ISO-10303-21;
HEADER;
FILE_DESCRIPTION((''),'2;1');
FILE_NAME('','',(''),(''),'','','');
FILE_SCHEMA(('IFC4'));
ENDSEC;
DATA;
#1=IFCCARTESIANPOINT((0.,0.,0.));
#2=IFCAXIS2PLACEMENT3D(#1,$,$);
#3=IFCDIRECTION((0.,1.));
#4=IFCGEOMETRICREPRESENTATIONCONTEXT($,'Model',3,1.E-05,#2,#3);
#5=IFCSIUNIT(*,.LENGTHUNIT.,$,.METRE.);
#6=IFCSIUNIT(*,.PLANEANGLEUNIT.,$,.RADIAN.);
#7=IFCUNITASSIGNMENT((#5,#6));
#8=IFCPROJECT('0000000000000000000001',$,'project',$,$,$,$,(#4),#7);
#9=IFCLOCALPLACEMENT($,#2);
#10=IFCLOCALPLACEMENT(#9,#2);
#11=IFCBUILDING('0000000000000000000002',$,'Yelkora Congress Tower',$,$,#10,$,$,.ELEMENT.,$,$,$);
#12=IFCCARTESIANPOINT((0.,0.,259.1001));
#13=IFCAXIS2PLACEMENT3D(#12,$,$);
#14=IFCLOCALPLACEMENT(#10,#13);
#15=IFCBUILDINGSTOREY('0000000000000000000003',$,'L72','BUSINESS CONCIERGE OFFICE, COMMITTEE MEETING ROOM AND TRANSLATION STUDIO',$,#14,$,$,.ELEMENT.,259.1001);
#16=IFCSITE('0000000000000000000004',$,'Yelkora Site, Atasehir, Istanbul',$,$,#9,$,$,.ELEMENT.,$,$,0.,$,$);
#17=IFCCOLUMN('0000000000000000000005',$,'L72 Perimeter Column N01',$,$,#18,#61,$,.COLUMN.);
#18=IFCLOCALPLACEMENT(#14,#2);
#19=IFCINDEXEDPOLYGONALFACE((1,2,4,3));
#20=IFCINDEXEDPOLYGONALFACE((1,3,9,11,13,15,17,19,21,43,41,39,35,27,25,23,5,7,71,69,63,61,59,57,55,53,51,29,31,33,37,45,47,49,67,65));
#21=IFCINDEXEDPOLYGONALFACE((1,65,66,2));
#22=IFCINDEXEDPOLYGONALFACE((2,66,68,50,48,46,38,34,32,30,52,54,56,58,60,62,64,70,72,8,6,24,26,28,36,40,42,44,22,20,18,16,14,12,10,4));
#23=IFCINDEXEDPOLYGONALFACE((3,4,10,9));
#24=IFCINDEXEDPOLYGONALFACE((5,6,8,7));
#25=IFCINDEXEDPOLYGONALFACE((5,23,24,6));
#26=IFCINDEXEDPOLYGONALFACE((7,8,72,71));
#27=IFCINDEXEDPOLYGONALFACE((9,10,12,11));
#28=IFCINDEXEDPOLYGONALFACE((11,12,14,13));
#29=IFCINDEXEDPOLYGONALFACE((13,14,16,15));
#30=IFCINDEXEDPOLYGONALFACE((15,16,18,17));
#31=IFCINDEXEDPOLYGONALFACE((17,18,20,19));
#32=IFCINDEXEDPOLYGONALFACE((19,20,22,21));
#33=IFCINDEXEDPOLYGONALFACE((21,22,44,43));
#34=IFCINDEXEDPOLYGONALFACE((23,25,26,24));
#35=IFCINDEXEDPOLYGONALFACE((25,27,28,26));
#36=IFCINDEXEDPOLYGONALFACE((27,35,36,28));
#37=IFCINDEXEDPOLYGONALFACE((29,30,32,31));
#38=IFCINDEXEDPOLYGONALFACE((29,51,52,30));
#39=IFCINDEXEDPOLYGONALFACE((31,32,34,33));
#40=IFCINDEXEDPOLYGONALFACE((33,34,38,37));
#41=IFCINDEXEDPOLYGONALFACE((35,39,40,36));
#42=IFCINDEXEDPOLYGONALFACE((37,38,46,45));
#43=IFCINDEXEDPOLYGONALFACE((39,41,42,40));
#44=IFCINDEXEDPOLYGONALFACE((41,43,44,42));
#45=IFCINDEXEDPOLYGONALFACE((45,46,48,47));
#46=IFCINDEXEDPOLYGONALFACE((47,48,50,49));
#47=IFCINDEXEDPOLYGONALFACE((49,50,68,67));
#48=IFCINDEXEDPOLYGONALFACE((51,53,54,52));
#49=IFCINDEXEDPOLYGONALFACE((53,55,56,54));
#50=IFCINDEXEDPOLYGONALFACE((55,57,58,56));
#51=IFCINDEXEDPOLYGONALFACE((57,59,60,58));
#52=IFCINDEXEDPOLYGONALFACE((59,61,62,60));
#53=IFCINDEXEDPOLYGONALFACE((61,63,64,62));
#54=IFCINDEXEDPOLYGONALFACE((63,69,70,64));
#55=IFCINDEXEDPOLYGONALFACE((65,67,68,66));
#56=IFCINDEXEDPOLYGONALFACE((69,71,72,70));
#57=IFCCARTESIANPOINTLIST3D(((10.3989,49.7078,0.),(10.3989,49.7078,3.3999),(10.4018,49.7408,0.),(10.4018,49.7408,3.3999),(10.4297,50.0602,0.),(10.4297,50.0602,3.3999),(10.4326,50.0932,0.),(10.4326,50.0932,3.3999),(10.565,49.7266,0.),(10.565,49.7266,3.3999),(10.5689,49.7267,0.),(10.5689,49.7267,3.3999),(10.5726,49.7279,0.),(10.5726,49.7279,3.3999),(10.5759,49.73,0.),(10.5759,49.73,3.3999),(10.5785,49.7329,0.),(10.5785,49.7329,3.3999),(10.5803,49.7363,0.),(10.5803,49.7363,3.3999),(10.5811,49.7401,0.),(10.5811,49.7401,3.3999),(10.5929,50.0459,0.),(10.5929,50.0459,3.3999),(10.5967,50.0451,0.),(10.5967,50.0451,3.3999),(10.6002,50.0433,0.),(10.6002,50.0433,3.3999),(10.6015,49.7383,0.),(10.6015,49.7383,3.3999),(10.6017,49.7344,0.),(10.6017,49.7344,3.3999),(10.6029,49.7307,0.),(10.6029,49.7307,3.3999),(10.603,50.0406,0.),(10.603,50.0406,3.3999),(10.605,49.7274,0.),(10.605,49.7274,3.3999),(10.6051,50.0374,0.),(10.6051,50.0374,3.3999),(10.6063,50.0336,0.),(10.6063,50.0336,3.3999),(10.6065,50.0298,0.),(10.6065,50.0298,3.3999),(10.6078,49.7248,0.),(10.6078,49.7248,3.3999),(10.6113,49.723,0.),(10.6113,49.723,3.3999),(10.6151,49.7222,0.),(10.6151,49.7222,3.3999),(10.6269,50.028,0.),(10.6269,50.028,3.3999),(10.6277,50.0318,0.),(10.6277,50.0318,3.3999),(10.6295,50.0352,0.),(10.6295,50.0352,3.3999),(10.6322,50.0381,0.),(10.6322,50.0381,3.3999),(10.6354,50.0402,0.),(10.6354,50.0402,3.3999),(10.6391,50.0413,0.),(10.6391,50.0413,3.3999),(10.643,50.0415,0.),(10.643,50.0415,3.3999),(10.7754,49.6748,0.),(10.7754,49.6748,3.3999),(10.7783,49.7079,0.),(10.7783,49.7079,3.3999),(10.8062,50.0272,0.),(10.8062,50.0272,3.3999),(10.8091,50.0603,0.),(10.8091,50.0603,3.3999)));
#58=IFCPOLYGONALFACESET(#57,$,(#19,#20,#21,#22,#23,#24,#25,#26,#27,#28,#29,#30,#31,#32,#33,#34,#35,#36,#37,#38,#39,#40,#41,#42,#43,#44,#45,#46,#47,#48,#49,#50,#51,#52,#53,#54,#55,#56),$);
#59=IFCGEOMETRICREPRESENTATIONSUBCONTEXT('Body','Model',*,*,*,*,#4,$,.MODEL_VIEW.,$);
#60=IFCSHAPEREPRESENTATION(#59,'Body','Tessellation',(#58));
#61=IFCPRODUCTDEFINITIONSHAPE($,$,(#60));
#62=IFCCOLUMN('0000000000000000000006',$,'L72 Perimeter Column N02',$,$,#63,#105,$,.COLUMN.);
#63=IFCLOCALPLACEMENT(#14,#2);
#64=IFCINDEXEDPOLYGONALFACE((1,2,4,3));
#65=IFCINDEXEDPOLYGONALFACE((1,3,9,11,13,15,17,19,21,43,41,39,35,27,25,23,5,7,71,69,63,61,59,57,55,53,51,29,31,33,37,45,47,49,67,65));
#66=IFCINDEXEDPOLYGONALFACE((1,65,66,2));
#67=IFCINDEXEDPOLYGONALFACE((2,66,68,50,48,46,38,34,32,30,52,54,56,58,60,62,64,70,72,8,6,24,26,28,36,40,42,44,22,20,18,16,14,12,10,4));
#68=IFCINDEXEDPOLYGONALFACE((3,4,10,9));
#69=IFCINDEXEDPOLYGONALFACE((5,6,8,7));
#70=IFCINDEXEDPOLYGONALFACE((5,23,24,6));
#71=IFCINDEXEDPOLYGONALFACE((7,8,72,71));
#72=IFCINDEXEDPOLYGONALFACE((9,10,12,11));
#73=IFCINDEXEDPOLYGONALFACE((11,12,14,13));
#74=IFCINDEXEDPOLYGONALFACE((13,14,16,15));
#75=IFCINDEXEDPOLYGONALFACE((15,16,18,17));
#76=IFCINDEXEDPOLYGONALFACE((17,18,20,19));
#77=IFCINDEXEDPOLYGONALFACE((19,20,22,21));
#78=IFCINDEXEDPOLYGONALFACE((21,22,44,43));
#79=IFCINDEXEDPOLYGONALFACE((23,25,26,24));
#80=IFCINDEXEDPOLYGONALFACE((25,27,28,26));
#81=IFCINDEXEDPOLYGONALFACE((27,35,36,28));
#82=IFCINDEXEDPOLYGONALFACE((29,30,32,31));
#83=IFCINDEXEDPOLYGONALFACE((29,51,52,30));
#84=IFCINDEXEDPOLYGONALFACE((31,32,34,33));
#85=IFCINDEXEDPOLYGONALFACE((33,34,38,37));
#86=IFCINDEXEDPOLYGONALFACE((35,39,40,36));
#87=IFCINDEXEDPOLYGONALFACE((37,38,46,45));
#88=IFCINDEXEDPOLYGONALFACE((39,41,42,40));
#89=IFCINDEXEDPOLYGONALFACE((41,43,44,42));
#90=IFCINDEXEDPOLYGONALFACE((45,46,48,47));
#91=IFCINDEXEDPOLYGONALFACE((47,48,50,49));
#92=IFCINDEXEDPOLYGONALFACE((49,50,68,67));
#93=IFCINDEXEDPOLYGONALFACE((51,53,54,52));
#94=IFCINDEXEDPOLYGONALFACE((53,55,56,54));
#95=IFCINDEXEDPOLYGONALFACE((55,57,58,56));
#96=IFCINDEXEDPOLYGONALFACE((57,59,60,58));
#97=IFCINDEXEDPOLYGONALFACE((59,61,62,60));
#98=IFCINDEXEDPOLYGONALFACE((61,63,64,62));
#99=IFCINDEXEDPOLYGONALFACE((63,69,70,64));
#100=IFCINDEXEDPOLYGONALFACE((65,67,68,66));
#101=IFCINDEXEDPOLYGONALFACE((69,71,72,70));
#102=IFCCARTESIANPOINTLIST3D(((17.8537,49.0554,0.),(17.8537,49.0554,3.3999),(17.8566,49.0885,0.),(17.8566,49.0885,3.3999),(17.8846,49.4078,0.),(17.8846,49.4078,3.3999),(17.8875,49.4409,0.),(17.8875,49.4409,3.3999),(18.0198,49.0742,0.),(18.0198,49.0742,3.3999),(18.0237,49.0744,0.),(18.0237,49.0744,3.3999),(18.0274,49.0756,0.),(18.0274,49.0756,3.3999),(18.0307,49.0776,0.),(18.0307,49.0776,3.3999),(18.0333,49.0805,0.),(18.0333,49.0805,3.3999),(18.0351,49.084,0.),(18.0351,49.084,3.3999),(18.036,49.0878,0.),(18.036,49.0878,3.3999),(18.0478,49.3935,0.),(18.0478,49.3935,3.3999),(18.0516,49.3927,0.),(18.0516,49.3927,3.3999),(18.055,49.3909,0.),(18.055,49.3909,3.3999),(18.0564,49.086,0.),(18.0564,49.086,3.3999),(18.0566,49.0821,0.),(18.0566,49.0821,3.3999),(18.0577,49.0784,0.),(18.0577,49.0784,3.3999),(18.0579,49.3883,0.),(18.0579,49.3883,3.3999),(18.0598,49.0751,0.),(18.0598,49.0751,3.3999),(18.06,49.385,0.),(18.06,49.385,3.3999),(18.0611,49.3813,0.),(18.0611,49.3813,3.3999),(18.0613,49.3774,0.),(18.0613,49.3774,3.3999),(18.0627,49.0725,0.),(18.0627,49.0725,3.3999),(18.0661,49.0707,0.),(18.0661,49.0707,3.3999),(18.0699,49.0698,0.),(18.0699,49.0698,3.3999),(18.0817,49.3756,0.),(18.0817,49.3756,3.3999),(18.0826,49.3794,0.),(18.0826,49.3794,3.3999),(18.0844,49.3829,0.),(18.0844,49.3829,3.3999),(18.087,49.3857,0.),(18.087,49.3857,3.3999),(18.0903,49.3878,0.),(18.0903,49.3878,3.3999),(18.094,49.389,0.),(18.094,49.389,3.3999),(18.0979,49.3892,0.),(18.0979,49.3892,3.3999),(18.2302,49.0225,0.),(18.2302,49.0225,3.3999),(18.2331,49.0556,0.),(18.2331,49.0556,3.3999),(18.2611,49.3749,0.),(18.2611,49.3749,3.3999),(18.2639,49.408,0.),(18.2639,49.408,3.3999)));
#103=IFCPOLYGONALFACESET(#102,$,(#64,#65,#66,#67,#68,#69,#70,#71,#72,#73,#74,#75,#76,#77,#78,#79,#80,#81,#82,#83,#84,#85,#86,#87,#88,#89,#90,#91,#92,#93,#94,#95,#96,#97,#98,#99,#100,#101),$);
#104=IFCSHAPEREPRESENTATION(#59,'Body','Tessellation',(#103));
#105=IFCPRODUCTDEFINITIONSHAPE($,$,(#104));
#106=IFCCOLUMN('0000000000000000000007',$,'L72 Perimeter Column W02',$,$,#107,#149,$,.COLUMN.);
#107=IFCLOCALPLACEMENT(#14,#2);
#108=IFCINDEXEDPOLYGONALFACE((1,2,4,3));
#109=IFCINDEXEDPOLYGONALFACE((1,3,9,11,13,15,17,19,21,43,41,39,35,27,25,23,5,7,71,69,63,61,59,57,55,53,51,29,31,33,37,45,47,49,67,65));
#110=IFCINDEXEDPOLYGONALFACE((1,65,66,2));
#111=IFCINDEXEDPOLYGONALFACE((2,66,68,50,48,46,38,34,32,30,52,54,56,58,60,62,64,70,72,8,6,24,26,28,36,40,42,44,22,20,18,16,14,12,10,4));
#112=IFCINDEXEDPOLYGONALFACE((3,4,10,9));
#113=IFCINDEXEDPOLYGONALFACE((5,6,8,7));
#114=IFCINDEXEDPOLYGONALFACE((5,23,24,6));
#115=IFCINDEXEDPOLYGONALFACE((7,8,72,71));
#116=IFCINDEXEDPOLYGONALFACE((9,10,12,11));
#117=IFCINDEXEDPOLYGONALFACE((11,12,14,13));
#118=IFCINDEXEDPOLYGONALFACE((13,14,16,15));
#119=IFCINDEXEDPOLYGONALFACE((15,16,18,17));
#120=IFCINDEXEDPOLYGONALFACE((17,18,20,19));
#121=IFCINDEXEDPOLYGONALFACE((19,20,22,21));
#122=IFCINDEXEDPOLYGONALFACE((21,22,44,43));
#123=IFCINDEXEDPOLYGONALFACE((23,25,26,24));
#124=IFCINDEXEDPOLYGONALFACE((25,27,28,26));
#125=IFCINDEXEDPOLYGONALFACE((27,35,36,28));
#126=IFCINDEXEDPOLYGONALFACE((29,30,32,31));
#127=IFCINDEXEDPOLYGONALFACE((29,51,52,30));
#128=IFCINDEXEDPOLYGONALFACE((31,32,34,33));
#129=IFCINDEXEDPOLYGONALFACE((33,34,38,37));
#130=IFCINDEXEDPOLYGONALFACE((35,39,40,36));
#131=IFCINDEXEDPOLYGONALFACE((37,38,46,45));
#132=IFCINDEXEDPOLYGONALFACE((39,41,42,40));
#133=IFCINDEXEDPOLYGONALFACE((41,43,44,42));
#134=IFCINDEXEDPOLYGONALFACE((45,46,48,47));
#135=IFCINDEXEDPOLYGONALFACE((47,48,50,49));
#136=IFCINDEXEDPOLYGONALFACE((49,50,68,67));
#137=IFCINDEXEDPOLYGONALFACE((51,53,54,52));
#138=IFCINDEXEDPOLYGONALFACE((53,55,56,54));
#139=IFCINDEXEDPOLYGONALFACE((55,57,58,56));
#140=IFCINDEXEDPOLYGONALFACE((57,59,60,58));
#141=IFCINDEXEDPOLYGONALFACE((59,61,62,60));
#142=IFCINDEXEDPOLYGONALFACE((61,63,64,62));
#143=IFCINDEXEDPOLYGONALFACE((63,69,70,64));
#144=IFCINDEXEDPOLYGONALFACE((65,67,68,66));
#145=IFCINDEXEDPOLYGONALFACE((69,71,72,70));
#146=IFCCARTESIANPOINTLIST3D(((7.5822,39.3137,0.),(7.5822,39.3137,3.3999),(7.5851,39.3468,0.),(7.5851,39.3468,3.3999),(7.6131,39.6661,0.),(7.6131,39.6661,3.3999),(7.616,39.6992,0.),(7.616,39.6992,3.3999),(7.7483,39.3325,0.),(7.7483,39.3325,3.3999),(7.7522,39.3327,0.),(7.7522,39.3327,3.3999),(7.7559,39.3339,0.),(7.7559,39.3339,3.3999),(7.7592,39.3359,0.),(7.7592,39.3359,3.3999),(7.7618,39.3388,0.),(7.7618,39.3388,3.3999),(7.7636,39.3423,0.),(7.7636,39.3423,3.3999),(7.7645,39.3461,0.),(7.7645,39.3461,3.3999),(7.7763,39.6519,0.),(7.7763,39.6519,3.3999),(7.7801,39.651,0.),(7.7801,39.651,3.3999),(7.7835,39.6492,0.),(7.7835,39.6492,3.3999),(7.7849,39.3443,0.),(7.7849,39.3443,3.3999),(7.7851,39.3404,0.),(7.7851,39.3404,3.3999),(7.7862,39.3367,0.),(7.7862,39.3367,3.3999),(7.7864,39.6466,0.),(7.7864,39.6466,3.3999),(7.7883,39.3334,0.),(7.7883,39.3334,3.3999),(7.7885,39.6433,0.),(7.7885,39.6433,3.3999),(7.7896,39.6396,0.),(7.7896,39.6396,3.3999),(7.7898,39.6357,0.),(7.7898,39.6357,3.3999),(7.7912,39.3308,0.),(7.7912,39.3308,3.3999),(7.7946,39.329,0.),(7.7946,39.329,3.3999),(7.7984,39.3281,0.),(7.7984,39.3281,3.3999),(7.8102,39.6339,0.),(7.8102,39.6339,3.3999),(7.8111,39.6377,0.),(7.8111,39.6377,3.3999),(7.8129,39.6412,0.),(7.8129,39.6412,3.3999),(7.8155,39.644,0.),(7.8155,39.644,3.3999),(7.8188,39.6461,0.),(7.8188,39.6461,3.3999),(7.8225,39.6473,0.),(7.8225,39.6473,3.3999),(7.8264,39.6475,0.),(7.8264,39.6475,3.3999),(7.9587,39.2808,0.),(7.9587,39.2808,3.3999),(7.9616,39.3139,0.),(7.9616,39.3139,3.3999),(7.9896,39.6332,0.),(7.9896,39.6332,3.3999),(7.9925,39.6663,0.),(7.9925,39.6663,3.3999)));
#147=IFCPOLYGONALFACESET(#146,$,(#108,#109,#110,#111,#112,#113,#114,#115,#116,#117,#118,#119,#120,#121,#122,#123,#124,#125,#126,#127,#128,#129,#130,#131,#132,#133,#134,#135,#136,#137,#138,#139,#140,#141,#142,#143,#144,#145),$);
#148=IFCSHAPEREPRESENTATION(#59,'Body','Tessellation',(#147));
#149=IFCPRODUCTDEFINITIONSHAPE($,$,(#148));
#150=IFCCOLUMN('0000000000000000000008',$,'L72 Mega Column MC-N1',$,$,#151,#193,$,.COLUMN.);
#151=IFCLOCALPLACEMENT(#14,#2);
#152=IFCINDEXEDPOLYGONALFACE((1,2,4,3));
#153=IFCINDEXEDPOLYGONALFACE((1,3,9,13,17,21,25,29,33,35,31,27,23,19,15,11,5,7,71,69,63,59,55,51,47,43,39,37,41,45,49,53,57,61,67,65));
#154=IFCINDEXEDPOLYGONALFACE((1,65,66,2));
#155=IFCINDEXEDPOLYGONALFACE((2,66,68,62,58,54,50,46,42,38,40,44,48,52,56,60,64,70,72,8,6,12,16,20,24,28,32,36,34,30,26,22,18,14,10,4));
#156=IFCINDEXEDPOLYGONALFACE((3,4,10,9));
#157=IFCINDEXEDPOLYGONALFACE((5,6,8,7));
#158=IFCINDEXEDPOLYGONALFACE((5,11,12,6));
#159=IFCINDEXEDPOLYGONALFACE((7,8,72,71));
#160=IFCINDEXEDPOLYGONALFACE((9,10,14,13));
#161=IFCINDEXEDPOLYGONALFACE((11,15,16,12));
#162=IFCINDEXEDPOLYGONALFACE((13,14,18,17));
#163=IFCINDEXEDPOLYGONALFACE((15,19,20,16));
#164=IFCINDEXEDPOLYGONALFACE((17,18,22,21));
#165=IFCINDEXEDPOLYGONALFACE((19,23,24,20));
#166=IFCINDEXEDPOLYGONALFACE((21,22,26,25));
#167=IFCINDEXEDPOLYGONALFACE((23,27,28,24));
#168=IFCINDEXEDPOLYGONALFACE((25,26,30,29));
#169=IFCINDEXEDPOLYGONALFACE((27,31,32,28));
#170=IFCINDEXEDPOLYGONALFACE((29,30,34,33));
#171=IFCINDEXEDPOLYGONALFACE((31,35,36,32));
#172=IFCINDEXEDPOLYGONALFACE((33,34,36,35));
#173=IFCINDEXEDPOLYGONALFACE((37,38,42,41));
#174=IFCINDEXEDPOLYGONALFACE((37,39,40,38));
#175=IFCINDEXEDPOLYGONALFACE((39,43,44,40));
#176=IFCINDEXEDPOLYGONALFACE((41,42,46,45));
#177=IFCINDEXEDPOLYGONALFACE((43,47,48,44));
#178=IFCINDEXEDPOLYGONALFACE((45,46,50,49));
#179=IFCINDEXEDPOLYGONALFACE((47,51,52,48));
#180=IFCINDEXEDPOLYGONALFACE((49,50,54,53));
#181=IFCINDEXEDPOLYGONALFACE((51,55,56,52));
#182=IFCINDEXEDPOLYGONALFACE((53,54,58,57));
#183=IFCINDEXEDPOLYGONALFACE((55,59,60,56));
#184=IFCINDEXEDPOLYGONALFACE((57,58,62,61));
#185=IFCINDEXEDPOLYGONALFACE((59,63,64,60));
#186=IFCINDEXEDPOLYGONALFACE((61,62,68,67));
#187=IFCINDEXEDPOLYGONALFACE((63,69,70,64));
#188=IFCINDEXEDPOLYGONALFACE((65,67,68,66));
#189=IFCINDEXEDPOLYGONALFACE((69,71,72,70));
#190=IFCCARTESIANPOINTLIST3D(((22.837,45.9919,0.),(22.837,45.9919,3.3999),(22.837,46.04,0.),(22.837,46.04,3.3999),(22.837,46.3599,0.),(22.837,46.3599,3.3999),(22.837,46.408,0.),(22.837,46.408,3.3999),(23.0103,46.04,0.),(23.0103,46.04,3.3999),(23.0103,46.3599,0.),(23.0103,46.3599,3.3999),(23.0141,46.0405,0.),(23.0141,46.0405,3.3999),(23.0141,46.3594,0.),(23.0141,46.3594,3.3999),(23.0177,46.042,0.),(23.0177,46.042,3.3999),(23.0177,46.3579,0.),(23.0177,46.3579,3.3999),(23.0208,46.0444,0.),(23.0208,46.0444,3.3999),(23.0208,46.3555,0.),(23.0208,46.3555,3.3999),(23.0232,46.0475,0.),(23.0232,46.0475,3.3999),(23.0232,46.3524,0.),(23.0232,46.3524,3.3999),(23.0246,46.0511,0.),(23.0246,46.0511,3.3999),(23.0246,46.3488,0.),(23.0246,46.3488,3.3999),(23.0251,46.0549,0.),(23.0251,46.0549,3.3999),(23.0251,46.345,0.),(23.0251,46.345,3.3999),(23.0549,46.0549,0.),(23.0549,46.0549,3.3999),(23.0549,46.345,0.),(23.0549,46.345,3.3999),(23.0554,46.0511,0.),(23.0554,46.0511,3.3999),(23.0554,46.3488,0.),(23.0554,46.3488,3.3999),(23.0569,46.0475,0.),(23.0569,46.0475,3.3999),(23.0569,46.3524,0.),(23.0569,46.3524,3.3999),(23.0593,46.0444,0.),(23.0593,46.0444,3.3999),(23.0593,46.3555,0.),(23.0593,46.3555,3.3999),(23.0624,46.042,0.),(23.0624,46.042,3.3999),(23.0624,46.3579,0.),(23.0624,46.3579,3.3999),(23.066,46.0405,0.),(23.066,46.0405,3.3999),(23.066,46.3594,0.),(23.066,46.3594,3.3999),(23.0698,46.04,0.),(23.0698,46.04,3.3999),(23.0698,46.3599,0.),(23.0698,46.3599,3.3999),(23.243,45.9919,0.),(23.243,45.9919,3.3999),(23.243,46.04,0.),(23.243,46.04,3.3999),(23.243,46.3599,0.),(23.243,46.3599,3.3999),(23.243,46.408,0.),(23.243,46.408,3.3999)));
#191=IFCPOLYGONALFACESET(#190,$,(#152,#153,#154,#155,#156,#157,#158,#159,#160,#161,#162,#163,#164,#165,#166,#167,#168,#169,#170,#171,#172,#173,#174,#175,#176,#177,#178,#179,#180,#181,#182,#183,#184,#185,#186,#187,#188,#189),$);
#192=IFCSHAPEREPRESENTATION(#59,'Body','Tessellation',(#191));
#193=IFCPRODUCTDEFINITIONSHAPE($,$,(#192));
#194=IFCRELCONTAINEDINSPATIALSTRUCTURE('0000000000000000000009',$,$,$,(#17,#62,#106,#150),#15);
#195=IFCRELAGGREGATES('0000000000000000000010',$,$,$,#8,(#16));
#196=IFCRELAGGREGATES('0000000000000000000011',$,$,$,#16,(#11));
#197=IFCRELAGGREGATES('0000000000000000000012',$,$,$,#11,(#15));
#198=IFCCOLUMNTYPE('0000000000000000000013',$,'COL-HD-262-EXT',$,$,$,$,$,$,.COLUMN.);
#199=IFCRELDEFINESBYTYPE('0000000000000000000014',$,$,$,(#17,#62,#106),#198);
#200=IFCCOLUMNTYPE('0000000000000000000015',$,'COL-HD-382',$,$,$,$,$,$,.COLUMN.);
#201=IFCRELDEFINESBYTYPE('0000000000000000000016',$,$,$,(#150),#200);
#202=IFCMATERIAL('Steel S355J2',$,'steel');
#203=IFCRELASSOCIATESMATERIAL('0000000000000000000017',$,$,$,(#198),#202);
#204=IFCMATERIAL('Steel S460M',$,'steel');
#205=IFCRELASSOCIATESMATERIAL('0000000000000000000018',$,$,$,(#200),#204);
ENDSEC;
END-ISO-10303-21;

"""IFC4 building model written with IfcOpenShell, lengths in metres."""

from ifc_helpers import new_model, si_unit, direction, frame, origin, origin_2d, place, context, subcontext, project, spatial, i_section, extrude, material, material_profile, profile_set, type_object, element, save


model = new_model("IFC4")

# Units and contexts
model_context = context("Model", 3, precision=1e-05, world=origin(), true_north=direction((0.0, 1.0)))
body_context = subcontext(model_context, "Body", "Model", "MODEL_VIEW")
ifc_project = project(units=[si_unit("LENGTHUNIT", "METRE"), si_unit("PLANEANGLEUNIT", "RADIAN")], contexts=[model_context])

# Site, building, storey
site_placement = place(None, origin())
site = spatial("IfcSite", under=ifc_project, at=site_placement, Name="Yelkora Site, Atasehir, Istanbul", CompositionType="ELEMENT", RefElevation=0.0)
building_placement = place(site_placement, origin())
building = spatial("IfcBuilding", under=site, at=building_placement, Name="Yelkora Congress Tower", CompositionType="ELEMENT")
storey_placement = place(building_placement, frame((0.0, 0.0, 259.1001)))
storey = spatial("IfcBuildingStorey", under=building, at=storey_placement, Name="L72", Description="BUSINESS CONCIERGE OFFICE, COMMITTEE MEETING ROOM AND TRANSLATION STUDIO", CompositionType="ELEMENT", Elevation=259.1001)

# Columns
ifc_material_1 = material(Name="Steel S355J2", Category="steel")
ifc_material_profile_1 = material_profile(ifc_material_1, i_section(OverallWidth=0.3779, OverallDepth=0.387, WebThickness=0.0205, FlangeThickness=0.0332, FilletRadius=0.0149, at=origin_2d()), Name="HD 360x262")
ifc_profile_set_1 = profile_set([ifc_material_profile_1], Name="Steel S355J2")
column_type_1 = type_object("IfcColumnType", Name="COL-HD-262-EXT", PredefinedType="COLUMN", material=ifc_profile_set_1)
for number, where, z_axis, x_axis, name in (
    (1, (10.604, 49.884, 0.0), (0.0, 0.0, 1.0), (0.996195, -0.087156, 0.0), "L72 Perimeter Column N01"),
    (2, (18.0588, 49.2317, 0.0), (0.0, 0.0, 1.0), (0.996195, -0.087156, 0.0), "L72 Perimeter Column N02"),
    (3, (7.7874, 39.49, 0.0), (0.0, 0.0, 1.0), (0.996195, -0.087156, 0.0), "L72 Perimeter Column W02"),
):
    element("IfcColumn", number, at=place(storey_placement, frame(where, z_axis=z_axis, x_axis=x_axis)), inside=storey, type_object=column_type_1, Name=name, PredefinedType="COLUMN", context=body_context, shape_type="SweptSolid", body=[
        extrude(i_section(OverallWidth=0.3779, OverallDepth=0.387, WebThickness=0.0205, FlangeThickness=0.0332, FilletRadius=0.0149, at=origin_2d()), origin(), (0.0, 0.0, 1.0), 3.3999),
    ])
ifc_material_2 = material(Name="Steel S460M", Category="steel")
ifc_material_profile_2 = material_profile(ifc_material_2, i_section(OverallWidth=0.406, OverallDepth=0.416, WebThickness=0.0298, FlangeThickness=0.0481, FilletRadius=0.0149, at=origin_2d()), Name="HD 400x382")
ifc_profile_set_2 = profile_set([ifc_material_profile_2], Name="Steel S460M")
column_type_2 = type_object("IfcColumnType", Name="COL-HD-382", PredefinedType="COLUMN", material=ifc_profile_set_2)
column_placement = place(storey_placement, frame((23.04, 46.2, 0.0), z_axis=(0.0, 0.0, 1.0), x_axis=(1.0, 0.0, 0.0)))
element("IfcColumn", 4, at=column_placement, inside=storey, type_object=column_type_2, Name="L72 Mega Column MC-N1", PredefinedType="COLUMN", context=body_context, shape_type="SweptSolid", body=[
    extrude(i_section(OverallWidth=0.406, OverallDepth=0.416, WebThickness=0.0298, FlangeThickness=0.0481, FilletRadius=0.0149, at=origin_2d()), origin(), (0.0, 0.0, 1.0), 3.3999),
])

save(model, "model.ifc")
